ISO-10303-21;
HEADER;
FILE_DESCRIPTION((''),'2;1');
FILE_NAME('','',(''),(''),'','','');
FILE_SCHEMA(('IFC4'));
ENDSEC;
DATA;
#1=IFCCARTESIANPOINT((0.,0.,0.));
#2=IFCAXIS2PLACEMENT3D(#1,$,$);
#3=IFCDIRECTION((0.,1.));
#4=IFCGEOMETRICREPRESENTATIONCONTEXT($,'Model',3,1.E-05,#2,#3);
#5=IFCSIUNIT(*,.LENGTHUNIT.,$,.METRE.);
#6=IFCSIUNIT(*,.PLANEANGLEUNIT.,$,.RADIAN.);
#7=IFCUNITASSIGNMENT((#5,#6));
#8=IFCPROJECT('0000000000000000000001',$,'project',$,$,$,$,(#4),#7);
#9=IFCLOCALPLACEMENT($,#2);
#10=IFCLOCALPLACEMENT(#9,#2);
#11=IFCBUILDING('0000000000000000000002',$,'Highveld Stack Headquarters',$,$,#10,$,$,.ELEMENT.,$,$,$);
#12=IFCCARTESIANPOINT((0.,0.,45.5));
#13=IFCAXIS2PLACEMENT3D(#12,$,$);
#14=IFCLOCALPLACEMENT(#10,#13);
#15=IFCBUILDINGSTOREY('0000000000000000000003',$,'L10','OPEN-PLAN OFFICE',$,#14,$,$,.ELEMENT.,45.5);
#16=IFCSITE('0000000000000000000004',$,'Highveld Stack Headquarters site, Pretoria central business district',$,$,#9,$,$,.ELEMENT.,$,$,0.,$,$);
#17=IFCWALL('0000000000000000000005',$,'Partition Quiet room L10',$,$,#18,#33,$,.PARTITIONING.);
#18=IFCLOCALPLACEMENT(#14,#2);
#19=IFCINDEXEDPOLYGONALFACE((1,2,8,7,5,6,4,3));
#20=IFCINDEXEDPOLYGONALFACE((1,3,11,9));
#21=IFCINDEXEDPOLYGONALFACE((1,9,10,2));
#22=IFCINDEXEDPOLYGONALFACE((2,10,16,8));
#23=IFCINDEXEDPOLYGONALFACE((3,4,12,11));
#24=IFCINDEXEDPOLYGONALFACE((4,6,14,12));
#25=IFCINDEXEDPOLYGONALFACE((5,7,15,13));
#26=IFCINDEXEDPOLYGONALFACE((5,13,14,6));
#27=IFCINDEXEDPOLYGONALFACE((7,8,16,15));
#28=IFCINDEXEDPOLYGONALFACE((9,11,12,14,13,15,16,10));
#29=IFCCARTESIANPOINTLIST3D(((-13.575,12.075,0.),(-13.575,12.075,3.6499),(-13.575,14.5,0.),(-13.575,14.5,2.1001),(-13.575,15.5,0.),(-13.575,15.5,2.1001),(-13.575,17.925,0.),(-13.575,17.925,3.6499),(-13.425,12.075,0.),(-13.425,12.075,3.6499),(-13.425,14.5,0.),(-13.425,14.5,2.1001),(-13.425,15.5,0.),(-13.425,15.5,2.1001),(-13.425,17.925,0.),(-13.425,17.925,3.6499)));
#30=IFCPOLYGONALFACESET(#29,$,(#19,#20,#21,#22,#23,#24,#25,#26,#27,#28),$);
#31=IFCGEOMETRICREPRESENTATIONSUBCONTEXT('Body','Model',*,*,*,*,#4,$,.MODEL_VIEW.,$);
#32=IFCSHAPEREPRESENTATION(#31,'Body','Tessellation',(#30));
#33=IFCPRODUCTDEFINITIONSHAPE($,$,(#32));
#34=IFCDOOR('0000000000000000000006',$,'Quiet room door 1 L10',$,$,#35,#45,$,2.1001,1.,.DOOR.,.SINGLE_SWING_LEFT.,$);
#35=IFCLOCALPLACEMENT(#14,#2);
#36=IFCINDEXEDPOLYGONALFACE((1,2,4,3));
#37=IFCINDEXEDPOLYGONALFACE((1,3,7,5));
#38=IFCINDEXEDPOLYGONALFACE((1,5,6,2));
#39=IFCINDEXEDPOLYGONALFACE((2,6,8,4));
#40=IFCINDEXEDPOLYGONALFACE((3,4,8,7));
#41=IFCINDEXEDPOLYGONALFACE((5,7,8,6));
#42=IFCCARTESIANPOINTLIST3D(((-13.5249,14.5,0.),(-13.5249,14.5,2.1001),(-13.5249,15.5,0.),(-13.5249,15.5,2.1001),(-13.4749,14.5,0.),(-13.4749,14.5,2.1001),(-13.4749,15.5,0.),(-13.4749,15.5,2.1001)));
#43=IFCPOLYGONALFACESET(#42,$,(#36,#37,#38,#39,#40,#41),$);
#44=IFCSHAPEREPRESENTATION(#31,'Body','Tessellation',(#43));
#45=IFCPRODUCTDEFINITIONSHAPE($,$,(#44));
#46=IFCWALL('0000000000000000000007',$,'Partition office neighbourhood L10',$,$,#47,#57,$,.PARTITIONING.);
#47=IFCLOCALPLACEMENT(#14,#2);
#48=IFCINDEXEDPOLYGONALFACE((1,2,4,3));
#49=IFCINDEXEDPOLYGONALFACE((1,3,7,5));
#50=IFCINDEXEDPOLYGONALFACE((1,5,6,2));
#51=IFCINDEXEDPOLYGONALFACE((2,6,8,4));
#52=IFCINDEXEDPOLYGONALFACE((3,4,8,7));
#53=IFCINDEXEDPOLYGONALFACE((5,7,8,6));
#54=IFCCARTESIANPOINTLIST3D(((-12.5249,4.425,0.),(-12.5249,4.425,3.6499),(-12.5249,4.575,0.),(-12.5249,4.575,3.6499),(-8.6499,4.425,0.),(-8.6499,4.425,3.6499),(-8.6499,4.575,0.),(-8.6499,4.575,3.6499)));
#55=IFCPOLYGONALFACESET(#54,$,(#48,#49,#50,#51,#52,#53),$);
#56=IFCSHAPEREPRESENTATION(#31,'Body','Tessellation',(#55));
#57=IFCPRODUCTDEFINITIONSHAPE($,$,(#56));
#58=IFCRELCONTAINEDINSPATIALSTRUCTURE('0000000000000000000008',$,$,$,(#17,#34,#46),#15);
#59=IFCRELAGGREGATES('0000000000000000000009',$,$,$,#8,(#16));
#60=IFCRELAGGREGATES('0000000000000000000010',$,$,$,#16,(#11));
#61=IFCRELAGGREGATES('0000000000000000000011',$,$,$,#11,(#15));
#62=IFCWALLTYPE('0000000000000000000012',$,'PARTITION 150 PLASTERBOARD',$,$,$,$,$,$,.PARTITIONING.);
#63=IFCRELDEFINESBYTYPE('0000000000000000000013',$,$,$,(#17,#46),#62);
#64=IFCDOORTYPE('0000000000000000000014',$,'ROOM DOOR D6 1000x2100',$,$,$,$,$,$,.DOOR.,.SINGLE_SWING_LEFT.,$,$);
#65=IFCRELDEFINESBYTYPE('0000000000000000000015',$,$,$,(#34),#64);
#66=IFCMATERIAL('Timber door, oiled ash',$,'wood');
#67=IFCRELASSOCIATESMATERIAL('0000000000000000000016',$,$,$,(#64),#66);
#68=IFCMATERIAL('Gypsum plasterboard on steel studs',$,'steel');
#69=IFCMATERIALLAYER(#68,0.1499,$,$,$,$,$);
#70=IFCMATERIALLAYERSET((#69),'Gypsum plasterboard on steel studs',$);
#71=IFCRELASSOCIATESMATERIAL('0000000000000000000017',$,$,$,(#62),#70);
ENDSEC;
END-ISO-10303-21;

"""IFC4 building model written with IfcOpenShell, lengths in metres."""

from ifc_helpers import new_model, si_unit, direction, frame, frame_2d, origin, place, context, subcontext, project, spatial, rectangle, extrude, material, layer, layer_set, type_object, element, fill, save


model = new_model("IFC4")

# Units and contexts
model_context = context("Model", 3, precision=1e-05, world=origin(), true_north=direction((0.0, 1.0)))
body_context = subcontext(model_context, "Body", "Model", "MODEL_VIEW")
ifc_project = project(units=[si_unit("LENGTHUNIT", "METRE"), si_unit("PLANEANGLEUNIT", "RADIAN")], contexts=[model_context])

# Site, building, storey
site_placement = place(None, origin())
site = spatial("IfcSite", under=ifc_project, at=site_placement, Name="Highveld Stack Headquarters site, Pretoria central business district", CompositionType="ELEMENT", RefElevation=0.0)
building_placement = place(site_placement, origin())
building = spatial("IfcBuilding", under=site, at=building_placement, Name="Highveld Stack Headquarters", CompositionType="ELEMENT")
storey_placement = place(building_placement, frame((0.0, 0.0, 45.5)))
storey = spatial("IfcBuildingStorey", under=building, at=storey_placement, Name="L10", Description="OPEN-PLAN OFFICE", CompositionType="ELEMENT", Elevation=45.5)

# Shared definitions
ifc_material_1 = material(Name="Timber door, oiled ash", Category="wood")
door_type = type_object("IfcDoorType", Name="ROOM DOOR D6 1000x2100", OperationType="SINGLE_SWING_LEFT", PredefinedType="DOOR", material=ifc_material_1)

# Shared definitions
ifc_material_2 = material(Name="Gypsum plasterboard on steel studs", Category="steel")
ifc_layer_1 = layer(ifc_material_2, 0.1499)
ifc_layer_set_1 = layer_set([ifc_layer_1], Name="Gypsum plasterboard on steel studs")
wall_type_1 = type_object("IfcWallType", Name="PARTITION 150 PLASTERBOARD", PredefinedType="PARTITIONING", material=ifc_layer_set_1)

# Wall, opening, door
wall_1_placement = place(storey_placement, frame((-13.5, 12.075, 0.0), z_axis=(0.0, 0.0, 1.0), x_axis=(0.0, 1.0, 0.0)))
wall_1 = element("IfcWall", 1, at=wall_1_placement, inside=storey, type_object=wall_type_1, Name="Partition Quiet room L10", PredefinedType="PARTITIONING", context=body_context, shape_type="SweptSolid", body=[
    extrude(rectangle(XDim=5.8501, YDim=0.1499, at=frame_2d((2.925, 0.0))), origin(), (0.0, 0.0, 1.0), 3.6499),
])
opening_1_placement = place(wall_1_placement, frame((2.425, 0.0, 0.0)))
opening_1 = element("IfcOpeningElement", 2, at=opening_1_placement, cuts=wall_1, PredefinedType="OPENING", context=body_context, shape_type="SweptSolid", body=[
    extrude(rectangle(XDim=1.0, YDim=2.1001, at=frame_2d((0.5, 1.05))), frame((0.0, 0.085, 0.0), z_axis=(0.0, -1.0, 0.0), x_axis=(1.0, 0.0, 0.0)), (0.0, 0.0, 1.0), 0.1699),
])
door_1_placement = place(opening_1_placement, origin())
door_1 = element("IfcDoor", 3, at=door_1_placement, inside=storey, type_object=door_type, Name="Quiet room door 1 L10", OperationType="SINGLE_SWING_LEFT", OverallHeight=2.1001, OverallWidth=1.0, PredefinedType="DOOR", context=body_context, shape_type="SweptSolid", body=[
    extrude(rectangle(XDim=1.0, YDim=2.1001, at=frame_2d((0.5, 1.05))), frame((0.0, 0.0249, 0.0), z_axis=(0.0, -1.0, 0.0), x_axis=(1.0, 0.0, 0.0)), (0.0, 0.0, 1.0), 0.05),
])
fill(opening_1, door_1)

# Wall
wall_2_placement = place(storey_placement, frame((-12.5249, 4.5, 0.0), z_axis=(0.0, 0.0, 1.0), x_axis=(1.0, 0.0, 0.0)))
element("IfcWall", 4, at=wall_2_placement, inside=storey, type_object=wall_type_1, Name="Partition office neighbourhood L10", PredefinedType="PARTITIONING", context=body_context, shape_type="SweptSolid", body=[
    extrude(rectangle(XDim=3.875, YDim=0.1499, at=frame_2d((1.9375, 0.0))), origin(), (0.0, 0.0, 1.0), 3.6499),
])

save(model, "model.ifc")
